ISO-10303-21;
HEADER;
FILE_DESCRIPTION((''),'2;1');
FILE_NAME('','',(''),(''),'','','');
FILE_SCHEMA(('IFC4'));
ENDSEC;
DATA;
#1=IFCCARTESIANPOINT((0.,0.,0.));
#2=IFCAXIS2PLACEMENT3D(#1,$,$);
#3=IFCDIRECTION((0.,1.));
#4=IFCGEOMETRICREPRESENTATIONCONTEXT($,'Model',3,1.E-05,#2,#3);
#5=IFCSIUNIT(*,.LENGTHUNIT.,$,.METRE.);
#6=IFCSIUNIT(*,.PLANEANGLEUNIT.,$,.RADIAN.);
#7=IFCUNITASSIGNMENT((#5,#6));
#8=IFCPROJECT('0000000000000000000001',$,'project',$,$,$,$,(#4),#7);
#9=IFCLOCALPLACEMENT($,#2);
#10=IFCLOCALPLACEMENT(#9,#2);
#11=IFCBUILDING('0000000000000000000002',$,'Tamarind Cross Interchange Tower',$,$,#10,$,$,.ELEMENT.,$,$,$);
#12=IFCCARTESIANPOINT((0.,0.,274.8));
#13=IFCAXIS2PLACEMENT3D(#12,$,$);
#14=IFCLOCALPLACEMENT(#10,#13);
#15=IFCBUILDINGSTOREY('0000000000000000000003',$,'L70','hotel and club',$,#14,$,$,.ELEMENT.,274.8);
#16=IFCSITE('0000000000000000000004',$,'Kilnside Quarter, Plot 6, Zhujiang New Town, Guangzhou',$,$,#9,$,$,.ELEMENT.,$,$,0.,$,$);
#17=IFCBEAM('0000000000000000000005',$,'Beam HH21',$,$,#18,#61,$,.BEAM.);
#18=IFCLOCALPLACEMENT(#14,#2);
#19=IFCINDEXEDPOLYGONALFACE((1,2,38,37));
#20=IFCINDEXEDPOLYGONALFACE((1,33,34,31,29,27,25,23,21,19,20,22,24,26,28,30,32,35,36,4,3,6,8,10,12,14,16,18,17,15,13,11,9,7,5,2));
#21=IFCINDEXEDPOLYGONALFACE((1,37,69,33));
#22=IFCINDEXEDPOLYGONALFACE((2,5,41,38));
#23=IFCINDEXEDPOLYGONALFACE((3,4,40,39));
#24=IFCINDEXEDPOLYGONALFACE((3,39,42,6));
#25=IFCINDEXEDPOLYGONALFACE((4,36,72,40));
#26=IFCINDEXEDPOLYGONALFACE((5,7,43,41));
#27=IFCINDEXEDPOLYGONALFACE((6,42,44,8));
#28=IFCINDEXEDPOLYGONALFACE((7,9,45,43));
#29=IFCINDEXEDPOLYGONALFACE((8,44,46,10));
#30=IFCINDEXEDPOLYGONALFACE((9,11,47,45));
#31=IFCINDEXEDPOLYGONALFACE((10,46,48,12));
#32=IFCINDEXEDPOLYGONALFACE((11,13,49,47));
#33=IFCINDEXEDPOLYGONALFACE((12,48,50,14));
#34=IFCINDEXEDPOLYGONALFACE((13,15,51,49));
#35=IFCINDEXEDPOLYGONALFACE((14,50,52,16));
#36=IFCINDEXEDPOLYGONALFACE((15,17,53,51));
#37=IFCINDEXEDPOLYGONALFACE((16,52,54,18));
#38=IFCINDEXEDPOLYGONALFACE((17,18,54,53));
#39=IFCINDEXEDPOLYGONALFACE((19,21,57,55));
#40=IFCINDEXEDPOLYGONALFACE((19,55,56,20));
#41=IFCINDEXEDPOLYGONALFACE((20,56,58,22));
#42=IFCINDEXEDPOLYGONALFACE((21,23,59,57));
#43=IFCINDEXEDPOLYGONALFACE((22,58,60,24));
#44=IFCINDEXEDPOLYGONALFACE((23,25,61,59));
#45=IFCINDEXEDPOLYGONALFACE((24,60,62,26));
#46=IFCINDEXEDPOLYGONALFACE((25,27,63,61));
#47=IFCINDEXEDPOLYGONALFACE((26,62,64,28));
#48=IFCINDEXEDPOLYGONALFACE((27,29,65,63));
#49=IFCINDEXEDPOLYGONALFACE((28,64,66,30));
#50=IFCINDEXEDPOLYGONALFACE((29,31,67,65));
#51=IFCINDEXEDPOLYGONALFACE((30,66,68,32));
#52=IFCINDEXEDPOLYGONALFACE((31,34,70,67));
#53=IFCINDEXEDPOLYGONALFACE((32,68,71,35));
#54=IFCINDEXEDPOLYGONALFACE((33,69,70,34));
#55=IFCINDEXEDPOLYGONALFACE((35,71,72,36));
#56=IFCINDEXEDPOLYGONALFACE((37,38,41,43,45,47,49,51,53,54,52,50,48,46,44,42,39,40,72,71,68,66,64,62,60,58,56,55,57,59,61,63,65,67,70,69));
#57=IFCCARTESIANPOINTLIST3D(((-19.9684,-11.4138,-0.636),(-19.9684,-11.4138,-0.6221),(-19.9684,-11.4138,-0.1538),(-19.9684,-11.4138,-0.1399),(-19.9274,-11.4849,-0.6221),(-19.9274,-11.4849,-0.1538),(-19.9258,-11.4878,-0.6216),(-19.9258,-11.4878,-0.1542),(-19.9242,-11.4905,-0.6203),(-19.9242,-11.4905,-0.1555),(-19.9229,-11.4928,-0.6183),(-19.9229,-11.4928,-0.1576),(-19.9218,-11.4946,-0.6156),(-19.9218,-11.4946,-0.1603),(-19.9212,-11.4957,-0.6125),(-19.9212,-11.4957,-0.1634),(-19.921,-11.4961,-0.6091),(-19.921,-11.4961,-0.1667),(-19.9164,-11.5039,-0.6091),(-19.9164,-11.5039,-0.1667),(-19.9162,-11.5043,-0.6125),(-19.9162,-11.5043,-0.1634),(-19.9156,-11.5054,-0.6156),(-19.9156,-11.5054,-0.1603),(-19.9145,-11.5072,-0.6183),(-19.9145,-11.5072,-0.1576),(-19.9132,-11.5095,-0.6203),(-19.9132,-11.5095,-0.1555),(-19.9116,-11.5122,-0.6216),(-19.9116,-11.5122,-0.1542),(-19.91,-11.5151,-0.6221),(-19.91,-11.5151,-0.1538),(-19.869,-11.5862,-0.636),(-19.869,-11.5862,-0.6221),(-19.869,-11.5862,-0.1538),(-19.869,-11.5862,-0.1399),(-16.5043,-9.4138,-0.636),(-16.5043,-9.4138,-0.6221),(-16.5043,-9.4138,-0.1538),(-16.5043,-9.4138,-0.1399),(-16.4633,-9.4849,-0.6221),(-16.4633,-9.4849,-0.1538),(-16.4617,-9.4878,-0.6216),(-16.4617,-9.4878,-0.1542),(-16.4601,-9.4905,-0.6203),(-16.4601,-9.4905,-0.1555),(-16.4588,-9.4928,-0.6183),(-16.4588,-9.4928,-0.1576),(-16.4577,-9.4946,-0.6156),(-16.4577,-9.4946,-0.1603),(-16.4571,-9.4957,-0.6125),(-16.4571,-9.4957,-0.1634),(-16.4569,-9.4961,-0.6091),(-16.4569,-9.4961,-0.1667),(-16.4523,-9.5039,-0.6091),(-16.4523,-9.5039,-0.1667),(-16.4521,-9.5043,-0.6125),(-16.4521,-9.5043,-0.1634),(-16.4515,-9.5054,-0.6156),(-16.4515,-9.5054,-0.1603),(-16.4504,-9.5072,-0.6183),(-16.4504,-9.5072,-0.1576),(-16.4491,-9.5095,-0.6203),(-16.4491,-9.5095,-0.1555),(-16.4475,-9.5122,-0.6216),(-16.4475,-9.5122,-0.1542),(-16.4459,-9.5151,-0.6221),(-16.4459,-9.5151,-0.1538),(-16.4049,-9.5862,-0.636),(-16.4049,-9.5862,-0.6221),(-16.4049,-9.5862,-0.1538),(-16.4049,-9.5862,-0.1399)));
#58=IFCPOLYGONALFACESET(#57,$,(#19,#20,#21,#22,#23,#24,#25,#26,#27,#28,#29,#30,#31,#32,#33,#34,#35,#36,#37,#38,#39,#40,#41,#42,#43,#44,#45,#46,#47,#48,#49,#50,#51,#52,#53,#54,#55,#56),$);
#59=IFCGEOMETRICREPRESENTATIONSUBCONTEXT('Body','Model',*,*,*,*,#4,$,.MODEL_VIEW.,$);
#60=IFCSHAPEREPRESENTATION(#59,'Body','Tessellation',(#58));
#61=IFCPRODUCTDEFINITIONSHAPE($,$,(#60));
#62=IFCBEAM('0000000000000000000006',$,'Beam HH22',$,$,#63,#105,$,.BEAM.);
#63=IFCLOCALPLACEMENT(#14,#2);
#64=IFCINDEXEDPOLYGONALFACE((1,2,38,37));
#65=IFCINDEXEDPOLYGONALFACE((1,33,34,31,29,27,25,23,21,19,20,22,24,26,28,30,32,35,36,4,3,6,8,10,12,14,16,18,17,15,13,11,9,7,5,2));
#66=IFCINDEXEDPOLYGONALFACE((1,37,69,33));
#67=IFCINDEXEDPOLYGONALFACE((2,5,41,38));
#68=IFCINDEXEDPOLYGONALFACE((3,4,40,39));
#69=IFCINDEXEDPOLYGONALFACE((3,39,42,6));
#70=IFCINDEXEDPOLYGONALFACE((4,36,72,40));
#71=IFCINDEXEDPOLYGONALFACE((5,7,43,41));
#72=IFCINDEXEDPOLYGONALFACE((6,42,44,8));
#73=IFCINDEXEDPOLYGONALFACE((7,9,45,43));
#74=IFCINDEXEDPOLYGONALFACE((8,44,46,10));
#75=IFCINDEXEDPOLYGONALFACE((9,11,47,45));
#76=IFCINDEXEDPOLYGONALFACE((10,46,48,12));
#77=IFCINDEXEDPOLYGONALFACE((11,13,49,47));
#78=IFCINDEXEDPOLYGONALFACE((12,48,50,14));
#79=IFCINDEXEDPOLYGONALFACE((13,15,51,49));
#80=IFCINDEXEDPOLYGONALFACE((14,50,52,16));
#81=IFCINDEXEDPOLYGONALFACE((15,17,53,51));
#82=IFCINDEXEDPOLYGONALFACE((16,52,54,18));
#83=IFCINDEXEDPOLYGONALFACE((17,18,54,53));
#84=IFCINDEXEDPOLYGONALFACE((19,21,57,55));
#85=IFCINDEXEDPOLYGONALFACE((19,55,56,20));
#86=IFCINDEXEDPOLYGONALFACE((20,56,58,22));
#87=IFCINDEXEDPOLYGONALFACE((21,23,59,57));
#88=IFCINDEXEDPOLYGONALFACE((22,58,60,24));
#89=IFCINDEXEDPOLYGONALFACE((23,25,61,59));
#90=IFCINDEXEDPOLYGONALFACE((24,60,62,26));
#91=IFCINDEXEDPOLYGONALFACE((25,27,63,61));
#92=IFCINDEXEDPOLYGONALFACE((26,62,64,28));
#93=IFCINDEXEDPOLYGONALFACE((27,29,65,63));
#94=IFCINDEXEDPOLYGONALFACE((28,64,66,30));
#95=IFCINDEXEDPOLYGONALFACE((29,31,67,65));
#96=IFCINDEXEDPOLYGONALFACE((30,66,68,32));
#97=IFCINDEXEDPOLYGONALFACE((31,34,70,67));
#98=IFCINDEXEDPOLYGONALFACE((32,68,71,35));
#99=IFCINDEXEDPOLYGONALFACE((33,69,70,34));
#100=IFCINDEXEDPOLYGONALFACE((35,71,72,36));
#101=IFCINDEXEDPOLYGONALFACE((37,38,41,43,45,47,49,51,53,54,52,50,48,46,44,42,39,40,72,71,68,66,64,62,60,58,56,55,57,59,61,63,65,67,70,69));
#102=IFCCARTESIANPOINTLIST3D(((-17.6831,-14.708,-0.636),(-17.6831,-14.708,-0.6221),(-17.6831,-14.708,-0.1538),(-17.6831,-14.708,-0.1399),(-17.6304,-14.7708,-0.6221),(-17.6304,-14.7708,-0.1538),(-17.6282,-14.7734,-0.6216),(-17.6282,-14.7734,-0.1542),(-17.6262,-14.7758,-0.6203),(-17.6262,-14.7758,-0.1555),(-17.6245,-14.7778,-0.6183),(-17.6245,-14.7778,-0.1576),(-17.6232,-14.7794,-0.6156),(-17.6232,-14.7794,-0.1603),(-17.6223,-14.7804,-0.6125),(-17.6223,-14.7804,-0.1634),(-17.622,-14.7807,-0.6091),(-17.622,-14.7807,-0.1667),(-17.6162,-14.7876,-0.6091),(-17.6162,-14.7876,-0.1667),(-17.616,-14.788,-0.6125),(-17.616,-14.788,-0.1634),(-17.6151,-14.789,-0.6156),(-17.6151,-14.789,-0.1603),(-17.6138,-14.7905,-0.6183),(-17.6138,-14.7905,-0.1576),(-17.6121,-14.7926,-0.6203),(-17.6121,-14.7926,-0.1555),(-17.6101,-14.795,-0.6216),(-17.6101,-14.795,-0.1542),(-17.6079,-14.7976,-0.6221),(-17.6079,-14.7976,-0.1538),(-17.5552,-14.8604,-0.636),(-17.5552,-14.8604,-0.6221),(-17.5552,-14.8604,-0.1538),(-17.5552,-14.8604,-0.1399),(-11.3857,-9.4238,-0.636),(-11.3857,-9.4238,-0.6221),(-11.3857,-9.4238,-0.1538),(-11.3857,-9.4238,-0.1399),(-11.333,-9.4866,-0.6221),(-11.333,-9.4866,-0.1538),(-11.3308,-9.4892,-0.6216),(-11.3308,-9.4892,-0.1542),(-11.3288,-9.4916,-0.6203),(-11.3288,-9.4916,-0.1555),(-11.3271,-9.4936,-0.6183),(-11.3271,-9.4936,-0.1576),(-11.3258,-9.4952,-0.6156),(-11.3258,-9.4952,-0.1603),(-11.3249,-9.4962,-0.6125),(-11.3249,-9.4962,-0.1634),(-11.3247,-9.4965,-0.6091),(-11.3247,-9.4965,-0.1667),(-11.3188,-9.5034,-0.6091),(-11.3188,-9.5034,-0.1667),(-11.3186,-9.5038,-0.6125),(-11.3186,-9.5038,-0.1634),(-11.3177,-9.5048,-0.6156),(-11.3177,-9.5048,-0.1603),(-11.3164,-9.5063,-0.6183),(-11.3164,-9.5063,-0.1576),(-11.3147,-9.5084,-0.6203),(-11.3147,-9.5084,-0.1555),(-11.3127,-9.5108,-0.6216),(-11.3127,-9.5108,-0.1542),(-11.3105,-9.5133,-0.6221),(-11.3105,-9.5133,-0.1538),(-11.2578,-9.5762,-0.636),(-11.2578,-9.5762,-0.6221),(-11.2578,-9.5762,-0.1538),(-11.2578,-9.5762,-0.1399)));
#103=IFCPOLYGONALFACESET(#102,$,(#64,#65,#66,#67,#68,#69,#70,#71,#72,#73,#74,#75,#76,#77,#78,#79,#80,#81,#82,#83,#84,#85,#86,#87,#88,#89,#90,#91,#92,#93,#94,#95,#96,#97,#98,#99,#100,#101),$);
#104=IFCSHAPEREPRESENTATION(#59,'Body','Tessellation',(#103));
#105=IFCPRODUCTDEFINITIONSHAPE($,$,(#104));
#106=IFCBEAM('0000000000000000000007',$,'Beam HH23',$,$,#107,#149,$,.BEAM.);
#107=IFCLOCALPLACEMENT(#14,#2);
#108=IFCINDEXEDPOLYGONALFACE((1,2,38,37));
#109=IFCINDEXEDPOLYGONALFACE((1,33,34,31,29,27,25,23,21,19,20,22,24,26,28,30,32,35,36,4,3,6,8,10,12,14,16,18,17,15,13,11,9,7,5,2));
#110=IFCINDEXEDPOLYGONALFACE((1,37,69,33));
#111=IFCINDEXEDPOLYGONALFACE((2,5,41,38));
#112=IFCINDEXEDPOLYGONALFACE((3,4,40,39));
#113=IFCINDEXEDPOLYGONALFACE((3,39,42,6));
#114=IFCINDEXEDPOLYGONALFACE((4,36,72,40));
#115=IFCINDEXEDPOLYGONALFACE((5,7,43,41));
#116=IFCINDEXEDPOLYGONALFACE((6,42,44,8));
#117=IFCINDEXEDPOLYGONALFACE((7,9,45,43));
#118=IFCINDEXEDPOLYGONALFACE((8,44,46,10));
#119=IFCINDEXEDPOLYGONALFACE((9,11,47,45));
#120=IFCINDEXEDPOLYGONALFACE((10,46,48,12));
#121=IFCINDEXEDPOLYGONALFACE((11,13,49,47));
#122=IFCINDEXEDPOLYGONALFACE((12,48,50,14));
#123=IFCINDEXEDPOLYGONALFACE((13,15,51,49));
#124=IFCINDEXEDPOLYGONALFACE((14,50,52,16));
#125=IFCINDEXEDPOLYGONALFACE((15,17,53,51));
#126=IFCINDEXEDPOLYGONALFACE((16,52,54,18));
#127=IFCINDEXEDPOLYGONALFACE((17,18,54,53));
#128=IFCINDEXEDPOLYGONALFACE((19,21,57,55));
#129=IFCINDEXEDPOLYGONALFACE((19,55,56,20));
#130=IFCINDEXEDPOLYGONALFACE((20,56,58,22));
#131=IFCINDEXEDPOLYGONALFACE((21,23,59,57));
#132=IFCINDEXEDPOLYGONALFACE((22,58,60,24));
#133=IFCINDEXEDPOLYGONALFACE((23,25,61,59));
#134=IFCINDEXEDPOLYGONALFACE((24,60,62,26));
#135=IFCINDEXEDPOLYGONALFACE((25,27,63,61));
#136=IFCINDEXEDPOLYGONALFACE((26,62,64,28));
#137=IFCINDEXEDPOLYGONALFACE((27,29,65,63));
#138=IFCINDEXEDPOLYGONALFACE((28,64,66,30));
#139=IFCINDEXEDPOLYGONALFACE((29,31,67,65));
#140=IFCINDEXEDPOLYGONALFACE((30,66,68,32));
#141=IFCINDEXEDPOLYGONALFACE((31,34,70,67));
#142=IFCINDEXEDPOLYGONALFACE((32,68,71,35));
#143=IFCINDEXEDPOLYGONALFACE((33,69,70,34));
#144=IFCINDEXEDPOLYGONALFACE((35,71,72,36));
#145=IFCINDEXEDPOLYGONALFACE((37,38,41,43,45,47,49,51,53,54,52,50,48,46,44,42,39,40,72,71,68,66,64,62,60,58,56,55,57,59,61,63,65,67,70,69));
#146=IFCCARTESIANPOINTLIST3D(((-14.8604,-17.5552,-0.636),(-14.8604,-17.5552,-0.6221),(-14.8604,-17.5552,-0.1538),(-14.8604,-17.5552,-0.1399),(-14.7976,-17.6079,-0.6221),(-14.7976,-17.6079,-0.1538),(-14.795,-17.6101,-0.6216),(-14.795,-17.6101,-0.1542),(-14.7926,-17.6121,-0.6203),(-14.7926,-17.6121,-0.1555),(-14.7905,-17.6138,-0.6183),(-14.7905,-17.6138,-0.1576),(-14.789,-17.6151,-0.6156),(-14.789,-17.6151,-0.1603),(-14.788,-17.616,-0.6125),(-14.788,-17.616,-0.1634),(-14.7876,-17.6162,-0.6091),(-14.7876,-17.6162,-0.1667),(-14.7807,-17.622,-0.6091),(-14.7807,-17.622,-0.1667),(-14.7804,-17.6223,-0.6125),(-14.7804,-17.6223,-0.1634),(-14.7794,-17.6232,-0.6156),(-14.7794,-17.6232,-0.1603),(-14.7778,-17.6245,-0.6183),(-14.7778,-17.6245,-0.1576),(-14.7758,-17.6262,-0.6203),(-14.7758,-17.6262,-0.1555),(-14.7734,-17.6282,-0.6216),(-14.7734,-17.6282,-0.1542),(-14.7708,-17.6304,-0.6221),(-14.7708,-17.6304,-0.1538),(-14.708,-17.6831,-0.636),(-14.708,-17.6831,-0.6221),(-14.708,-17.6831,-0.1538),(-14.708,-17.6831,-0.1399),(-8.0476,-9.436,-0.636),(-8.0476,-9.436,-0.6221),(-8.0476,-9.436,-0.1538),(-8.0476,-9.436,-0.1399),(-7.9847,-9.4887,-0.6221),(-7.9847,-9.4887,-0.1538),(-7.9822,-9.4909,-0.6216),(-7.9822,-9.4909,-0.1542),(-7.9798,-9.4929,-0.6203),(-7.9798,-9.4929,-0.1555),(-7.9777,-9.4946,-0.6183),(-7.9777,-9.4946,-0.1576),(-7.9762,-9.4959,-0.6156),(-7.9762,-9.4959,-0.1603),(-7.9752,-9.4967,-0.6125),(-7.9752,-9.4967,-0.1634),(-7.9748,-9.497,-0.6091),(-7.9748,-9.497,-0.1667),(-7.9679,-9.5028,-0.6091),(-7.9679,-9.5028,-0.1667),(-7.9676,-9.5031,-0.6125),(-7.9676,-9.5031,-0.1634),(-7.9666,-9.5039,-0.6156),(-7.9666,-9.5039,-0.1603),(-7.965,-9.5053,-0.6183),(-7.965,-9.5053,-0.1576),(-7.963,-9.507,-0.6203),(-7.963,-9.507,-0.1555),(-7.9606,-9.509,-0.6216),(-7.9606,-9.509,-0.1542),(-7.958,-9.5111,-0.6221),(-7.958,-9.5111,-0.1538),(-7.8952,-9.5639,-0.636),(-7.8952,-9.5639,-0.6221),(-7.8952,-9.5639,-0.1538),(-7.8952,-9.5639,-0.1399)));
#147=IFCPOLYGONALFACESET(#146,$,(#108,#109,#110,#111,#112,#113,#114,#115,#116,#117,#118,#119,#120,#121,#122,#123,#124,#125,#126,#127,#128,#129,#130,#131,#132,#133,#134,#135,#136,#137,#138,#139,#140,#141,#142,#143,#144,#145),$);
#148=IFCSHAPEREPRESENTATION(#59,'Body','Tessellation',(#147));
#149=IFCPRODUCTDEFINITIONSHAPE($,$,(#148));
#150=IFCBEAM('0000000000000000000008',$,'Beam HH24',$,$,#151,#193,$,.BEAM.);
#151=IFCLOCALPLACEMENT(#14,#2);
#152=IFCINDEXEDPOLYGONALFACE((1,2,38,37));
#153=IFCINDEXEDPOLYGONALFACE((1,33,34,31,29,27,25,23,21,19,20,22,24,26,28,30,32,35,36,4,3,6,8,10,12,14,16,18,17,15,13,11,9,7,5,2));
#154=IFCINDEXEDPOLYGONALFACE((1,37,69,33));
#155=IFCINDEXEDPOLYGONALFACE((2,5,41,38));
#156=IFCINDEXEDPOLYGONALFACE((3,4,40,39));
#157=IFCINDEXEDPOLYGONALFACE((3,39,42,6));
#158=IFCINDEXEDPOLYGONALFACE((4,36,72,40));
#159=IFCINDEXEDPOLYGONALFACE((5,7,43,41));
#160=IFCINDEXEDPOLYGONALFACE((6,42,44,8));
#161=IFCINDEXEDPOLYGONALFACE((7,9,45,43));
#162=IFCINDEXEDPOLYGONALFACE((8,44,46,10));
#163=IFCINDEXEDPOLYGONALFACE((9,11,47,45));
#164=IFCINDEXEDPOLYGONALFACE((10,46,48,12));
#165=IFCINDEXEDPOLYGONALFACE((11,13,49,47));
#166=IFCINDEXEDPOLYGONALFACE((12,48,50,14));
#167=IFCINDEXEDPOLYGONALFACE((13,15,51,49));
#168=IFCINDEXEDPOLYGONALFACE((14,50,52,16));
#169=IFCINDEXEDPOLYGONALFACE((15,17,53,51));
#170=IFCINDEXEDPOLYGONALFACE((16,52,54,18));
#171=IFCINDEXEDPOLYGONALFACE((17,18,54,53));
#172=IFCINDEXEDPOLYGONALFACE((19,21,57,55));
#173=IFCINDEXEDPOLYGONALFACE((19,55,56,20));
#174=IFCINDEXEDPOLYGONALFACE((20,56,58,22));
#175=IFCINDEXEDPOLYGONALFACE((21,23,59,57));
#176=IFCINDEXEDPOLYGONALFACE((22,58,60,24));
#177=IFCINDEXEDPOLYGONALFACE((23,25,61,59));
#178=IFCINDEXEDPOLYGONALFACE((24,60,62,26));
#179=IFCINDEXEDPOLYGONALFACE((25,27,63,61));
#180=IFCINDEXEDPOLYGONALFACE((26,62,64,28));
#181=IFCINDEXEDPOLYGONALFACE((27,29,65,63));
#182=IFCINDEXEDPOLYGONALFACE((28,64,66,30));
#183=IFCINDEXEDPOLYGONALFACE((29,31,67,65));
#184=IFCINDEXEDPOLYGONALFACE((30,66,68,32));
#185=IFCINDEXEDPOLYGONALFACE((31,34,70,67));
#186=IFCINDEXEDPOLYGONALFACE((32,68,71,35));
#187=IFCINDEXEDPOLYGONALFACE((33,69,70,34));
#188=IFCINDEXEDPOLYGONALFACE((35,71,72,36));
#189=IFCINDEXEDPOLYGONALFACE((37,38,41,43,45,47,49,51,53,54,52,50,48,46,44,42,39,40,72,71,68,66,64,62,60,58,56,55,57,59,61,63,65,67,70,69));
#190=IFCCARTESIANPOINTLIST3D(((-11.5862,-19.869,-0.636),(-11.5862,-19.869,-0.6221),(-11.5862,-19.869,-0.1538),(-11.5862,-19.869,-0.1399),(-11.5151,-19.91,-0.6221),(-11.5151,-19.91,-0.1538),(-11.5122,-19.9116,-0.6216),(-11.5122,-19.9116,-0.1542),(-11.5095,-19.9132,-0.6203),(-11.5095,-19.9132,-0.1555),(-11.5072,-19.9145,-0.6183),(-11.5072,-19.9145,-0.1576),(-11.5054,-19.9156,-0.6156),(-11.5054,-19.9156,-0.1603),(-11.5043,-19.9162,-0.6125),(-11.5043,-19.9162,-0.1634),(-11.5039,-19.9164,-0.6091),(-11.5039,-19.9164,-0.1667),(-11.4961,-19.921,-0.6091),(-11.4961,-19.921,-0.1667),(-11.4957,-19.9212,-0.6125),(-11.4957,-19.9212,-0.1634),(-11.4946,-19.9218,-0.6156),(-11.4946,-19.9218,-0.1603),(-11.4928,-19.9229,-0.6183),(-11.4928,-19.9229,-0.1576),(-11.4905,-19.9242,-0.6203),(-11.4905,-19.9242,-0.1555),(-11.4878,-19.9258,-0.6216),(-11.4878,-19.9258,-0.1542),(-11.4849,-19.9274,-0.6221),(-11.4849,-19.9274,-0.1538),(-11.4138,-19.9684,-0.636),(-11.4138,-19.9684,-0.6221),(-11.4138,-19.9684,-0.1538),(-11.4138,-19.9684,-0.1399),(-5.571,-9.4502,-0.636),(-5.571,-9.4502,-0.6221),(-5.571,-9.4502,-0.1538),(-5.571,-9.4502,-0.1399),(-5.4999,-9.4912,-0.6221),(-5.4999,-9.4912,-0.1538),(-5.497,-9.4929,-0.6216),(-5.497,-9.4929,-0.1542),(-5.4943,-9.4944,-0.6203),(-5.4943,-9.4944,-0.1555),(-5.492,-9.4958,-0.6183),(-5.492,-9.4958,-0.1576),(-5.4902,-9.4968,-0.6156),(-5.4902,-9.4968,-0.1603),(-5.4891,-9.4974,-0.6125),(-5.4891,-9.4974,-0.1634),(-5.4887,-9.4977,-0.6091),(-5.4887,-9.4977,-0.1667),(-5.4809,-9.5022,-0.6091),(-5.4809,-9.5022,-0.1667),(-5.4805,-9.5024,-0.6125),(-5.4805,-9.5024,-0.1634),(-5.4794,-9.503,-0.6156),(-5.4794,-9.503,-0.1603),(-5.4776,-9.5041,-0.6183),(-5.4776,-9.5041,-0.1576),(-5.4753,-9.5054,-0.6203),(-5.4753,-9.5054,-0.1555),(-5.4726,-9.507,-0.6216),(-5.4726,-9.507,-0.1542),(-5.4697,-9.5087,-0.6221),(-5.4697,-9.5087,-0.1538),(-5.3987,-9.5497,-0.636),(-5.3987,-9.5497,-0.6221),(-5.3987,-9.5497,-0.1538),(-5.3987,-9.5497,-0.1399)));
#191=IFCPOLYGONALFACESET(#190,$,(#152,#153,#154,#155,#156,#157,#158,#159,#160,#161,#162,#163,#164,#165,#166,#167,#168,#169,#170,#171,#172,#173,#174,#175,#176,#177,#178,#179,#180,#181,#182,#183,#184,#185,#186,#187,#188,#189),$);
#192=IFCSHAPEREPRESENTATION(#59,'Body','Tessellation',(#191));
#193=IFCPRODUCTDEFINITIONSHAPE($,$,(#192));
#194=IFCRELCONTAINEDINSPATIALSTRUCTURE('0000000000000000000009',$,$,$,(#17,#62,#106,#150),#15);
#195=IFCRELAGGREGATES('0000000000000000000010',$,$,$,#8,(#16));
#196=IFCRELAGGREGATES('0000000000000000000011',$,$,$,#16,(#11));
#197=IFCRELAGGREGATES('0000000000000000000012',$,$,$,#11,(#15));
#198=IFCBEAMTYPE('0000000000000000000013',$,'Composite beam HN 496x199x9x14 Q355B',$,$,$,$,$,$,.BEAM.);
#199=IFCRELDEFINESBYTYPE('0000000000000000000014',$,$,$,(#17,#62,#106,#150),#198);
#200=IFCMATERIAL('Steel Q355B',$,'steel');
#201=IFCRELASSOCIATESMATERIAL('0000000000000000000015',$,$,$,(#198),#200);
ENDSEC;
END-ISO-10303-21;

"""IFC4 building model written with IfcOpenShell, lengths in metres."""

from ifc_helpers import new_model, si_unit, direction, frame, origin, origin_2d, place, context, subcontext, project, spatial, i_section, extrude, material, material_profile, profile_set, type_object, element, save


model = new_model("IFC4")

# Units and contexts
model_context = context("Model", 3, precision=1e-05, world=origin(), true_north=direction((0.0, 1.0)))
body_context = subcontext(model_context, "Body", "Model", "MODEL_VIEW")
ifc_project = project(units=[si_unit("LENGTHUNIT", "METRE"), si_unit("PLANEANGLEUNIT", "RADIAN")], contexts=[model_context])

# Site, building, storey
site_placement = place(None, origin())
site = spatial("IfcSite", under=ifc_project, at=site_placement, Name="Kilnside Quarter, Plot 6, Zhujiang New Town, Guangzhou", CompositionType="ELEMENT", RefElevation=0.0)
building_placement = place(site_placement, origin())
building = spatial("IfcBuilding", under=site, at=building_placement, Name="Tamarind Cross Interchange Tower", CompositionType="ELEMENT")
storey_placement = place(building_placement, frame((0.0, 0.0, 274.8)))
storey = spatial("IfcBuildingStorey", under=building, at=storey_placement, Name="L70", Description="hotel and club", CompositionType="ELEMENT", Elevation=274.8)

# Beams
ifc_material_1 = material(Name="Steel Q355B", Category="steel")
ifc_material_profile_1 = material_profile(ifc_material_1, i_section(OverallWidth=0.199, OverallDepth=0.4961, WebThickness=0.009, FlangeThickness=0.0139, FilletRadius=0.0129, at=origin_2d()), Name="HN 496x199x9x14")
ifc_profile_set_1 = profile_set([ifc_material_profile_1], Name="Steel Q355B")
beam_type = type_object("IfcBeamType", Name="Composite beam HN 496x199x9x14 Q355B", PredefinedType="BEAM", material=ifc_profile_set_1)
beam_1_placement = place(storey_placement, frame((-19.9187, -11.5, -0.3879), z_axis=(0.866026, 0.499999, 0.0), x_axis=(-0.499999, 0.866026, 0.0)))
element("IfcBeam", 1, at=beam_1_placement, inside=storey, type_object=beam_type, Name="Beam HH21", PredefinedType="BEAM", context=body_context, shape_type="SweptSolid", body=[
    extrude(i_section(OverallWidth=0.199, OverallDepth=0.4961, WebThickness=0.009, FlangeThickness=0.0139, FilletRadius=0.0129, at=origin_2d()), origin(), (0.0, 0.0, 1.0), 4.0),
])
beam_2_placement = place(storey_placement, frame((-17.6191, -14.7842, -0.3879), z_axis=(0.766041, 0.642792, 0.0), x_axis=(-0.642792, 0.766041, 0.0)))
element("IfcBeam", 2, at=beam_2_placement, inside=storey, type_object=beam_type, Name="Beam HH22", PredefinedType="BEAM", context=body_context, shape_type="SweptSolid", body=[
    extrude(i_section(OverallWidth=0.199, OverallDepth=0.4961, WebThickness=0.009, FlangeThickness=0.0139, FilletRadius=0.0129, at=origin_2d()), origin(), (0.0, 0.0, 1.0), 8.2207),
])
beam_3_placement = place(storey_placement, frame((-14.7842, -17.6191, -0.3879), z_axis=(0.642786, 0.766046, 0.0), x_axis=(-0.766046, 0.642786, 0.0)))
element("IfcBeam", 3, at=beam_3_placement, inside=storey, type_object=beam_type, Name="Beam HH23", PredefinedType="BEAM", context=body_context, shape_type="SweptSolid", body=[
    extrude(i_section(OverallWidth=0.199, OverallDepth=0.4961, WebThickness=0.009, FlangeThickness=0.0139, FilletRadius=0.0129, at=origin_2d()), origin(), (0.0, 0.0, 1.0), 10.5989),
])
beam_4_placement = place(storey_placement, frame((-11.5, -19.9187, -0.3879), z_axis=(0.499994, 0.866029, 0.0), x_axis=(-0.866029, 0.499994, 0.0)))
element("IfcBeam", 4, at=beam_4_placement, inside=storey, type_object=beam_type, Name="Beam HH24", PredefinedType="BEAM", context=body_context, shape_type="SweptSolid", body=[
    extrude(i_section(OverallWidth=0.199, OverallDepth=0.4961, WebThickness=0.009, FlangeThickness=0.0139, FilletRadius=0.0129, at=origin_2d()), origin(), (0.0, 0.0, 1.0), 12.0305),
])

save(model, "model.ifc")
